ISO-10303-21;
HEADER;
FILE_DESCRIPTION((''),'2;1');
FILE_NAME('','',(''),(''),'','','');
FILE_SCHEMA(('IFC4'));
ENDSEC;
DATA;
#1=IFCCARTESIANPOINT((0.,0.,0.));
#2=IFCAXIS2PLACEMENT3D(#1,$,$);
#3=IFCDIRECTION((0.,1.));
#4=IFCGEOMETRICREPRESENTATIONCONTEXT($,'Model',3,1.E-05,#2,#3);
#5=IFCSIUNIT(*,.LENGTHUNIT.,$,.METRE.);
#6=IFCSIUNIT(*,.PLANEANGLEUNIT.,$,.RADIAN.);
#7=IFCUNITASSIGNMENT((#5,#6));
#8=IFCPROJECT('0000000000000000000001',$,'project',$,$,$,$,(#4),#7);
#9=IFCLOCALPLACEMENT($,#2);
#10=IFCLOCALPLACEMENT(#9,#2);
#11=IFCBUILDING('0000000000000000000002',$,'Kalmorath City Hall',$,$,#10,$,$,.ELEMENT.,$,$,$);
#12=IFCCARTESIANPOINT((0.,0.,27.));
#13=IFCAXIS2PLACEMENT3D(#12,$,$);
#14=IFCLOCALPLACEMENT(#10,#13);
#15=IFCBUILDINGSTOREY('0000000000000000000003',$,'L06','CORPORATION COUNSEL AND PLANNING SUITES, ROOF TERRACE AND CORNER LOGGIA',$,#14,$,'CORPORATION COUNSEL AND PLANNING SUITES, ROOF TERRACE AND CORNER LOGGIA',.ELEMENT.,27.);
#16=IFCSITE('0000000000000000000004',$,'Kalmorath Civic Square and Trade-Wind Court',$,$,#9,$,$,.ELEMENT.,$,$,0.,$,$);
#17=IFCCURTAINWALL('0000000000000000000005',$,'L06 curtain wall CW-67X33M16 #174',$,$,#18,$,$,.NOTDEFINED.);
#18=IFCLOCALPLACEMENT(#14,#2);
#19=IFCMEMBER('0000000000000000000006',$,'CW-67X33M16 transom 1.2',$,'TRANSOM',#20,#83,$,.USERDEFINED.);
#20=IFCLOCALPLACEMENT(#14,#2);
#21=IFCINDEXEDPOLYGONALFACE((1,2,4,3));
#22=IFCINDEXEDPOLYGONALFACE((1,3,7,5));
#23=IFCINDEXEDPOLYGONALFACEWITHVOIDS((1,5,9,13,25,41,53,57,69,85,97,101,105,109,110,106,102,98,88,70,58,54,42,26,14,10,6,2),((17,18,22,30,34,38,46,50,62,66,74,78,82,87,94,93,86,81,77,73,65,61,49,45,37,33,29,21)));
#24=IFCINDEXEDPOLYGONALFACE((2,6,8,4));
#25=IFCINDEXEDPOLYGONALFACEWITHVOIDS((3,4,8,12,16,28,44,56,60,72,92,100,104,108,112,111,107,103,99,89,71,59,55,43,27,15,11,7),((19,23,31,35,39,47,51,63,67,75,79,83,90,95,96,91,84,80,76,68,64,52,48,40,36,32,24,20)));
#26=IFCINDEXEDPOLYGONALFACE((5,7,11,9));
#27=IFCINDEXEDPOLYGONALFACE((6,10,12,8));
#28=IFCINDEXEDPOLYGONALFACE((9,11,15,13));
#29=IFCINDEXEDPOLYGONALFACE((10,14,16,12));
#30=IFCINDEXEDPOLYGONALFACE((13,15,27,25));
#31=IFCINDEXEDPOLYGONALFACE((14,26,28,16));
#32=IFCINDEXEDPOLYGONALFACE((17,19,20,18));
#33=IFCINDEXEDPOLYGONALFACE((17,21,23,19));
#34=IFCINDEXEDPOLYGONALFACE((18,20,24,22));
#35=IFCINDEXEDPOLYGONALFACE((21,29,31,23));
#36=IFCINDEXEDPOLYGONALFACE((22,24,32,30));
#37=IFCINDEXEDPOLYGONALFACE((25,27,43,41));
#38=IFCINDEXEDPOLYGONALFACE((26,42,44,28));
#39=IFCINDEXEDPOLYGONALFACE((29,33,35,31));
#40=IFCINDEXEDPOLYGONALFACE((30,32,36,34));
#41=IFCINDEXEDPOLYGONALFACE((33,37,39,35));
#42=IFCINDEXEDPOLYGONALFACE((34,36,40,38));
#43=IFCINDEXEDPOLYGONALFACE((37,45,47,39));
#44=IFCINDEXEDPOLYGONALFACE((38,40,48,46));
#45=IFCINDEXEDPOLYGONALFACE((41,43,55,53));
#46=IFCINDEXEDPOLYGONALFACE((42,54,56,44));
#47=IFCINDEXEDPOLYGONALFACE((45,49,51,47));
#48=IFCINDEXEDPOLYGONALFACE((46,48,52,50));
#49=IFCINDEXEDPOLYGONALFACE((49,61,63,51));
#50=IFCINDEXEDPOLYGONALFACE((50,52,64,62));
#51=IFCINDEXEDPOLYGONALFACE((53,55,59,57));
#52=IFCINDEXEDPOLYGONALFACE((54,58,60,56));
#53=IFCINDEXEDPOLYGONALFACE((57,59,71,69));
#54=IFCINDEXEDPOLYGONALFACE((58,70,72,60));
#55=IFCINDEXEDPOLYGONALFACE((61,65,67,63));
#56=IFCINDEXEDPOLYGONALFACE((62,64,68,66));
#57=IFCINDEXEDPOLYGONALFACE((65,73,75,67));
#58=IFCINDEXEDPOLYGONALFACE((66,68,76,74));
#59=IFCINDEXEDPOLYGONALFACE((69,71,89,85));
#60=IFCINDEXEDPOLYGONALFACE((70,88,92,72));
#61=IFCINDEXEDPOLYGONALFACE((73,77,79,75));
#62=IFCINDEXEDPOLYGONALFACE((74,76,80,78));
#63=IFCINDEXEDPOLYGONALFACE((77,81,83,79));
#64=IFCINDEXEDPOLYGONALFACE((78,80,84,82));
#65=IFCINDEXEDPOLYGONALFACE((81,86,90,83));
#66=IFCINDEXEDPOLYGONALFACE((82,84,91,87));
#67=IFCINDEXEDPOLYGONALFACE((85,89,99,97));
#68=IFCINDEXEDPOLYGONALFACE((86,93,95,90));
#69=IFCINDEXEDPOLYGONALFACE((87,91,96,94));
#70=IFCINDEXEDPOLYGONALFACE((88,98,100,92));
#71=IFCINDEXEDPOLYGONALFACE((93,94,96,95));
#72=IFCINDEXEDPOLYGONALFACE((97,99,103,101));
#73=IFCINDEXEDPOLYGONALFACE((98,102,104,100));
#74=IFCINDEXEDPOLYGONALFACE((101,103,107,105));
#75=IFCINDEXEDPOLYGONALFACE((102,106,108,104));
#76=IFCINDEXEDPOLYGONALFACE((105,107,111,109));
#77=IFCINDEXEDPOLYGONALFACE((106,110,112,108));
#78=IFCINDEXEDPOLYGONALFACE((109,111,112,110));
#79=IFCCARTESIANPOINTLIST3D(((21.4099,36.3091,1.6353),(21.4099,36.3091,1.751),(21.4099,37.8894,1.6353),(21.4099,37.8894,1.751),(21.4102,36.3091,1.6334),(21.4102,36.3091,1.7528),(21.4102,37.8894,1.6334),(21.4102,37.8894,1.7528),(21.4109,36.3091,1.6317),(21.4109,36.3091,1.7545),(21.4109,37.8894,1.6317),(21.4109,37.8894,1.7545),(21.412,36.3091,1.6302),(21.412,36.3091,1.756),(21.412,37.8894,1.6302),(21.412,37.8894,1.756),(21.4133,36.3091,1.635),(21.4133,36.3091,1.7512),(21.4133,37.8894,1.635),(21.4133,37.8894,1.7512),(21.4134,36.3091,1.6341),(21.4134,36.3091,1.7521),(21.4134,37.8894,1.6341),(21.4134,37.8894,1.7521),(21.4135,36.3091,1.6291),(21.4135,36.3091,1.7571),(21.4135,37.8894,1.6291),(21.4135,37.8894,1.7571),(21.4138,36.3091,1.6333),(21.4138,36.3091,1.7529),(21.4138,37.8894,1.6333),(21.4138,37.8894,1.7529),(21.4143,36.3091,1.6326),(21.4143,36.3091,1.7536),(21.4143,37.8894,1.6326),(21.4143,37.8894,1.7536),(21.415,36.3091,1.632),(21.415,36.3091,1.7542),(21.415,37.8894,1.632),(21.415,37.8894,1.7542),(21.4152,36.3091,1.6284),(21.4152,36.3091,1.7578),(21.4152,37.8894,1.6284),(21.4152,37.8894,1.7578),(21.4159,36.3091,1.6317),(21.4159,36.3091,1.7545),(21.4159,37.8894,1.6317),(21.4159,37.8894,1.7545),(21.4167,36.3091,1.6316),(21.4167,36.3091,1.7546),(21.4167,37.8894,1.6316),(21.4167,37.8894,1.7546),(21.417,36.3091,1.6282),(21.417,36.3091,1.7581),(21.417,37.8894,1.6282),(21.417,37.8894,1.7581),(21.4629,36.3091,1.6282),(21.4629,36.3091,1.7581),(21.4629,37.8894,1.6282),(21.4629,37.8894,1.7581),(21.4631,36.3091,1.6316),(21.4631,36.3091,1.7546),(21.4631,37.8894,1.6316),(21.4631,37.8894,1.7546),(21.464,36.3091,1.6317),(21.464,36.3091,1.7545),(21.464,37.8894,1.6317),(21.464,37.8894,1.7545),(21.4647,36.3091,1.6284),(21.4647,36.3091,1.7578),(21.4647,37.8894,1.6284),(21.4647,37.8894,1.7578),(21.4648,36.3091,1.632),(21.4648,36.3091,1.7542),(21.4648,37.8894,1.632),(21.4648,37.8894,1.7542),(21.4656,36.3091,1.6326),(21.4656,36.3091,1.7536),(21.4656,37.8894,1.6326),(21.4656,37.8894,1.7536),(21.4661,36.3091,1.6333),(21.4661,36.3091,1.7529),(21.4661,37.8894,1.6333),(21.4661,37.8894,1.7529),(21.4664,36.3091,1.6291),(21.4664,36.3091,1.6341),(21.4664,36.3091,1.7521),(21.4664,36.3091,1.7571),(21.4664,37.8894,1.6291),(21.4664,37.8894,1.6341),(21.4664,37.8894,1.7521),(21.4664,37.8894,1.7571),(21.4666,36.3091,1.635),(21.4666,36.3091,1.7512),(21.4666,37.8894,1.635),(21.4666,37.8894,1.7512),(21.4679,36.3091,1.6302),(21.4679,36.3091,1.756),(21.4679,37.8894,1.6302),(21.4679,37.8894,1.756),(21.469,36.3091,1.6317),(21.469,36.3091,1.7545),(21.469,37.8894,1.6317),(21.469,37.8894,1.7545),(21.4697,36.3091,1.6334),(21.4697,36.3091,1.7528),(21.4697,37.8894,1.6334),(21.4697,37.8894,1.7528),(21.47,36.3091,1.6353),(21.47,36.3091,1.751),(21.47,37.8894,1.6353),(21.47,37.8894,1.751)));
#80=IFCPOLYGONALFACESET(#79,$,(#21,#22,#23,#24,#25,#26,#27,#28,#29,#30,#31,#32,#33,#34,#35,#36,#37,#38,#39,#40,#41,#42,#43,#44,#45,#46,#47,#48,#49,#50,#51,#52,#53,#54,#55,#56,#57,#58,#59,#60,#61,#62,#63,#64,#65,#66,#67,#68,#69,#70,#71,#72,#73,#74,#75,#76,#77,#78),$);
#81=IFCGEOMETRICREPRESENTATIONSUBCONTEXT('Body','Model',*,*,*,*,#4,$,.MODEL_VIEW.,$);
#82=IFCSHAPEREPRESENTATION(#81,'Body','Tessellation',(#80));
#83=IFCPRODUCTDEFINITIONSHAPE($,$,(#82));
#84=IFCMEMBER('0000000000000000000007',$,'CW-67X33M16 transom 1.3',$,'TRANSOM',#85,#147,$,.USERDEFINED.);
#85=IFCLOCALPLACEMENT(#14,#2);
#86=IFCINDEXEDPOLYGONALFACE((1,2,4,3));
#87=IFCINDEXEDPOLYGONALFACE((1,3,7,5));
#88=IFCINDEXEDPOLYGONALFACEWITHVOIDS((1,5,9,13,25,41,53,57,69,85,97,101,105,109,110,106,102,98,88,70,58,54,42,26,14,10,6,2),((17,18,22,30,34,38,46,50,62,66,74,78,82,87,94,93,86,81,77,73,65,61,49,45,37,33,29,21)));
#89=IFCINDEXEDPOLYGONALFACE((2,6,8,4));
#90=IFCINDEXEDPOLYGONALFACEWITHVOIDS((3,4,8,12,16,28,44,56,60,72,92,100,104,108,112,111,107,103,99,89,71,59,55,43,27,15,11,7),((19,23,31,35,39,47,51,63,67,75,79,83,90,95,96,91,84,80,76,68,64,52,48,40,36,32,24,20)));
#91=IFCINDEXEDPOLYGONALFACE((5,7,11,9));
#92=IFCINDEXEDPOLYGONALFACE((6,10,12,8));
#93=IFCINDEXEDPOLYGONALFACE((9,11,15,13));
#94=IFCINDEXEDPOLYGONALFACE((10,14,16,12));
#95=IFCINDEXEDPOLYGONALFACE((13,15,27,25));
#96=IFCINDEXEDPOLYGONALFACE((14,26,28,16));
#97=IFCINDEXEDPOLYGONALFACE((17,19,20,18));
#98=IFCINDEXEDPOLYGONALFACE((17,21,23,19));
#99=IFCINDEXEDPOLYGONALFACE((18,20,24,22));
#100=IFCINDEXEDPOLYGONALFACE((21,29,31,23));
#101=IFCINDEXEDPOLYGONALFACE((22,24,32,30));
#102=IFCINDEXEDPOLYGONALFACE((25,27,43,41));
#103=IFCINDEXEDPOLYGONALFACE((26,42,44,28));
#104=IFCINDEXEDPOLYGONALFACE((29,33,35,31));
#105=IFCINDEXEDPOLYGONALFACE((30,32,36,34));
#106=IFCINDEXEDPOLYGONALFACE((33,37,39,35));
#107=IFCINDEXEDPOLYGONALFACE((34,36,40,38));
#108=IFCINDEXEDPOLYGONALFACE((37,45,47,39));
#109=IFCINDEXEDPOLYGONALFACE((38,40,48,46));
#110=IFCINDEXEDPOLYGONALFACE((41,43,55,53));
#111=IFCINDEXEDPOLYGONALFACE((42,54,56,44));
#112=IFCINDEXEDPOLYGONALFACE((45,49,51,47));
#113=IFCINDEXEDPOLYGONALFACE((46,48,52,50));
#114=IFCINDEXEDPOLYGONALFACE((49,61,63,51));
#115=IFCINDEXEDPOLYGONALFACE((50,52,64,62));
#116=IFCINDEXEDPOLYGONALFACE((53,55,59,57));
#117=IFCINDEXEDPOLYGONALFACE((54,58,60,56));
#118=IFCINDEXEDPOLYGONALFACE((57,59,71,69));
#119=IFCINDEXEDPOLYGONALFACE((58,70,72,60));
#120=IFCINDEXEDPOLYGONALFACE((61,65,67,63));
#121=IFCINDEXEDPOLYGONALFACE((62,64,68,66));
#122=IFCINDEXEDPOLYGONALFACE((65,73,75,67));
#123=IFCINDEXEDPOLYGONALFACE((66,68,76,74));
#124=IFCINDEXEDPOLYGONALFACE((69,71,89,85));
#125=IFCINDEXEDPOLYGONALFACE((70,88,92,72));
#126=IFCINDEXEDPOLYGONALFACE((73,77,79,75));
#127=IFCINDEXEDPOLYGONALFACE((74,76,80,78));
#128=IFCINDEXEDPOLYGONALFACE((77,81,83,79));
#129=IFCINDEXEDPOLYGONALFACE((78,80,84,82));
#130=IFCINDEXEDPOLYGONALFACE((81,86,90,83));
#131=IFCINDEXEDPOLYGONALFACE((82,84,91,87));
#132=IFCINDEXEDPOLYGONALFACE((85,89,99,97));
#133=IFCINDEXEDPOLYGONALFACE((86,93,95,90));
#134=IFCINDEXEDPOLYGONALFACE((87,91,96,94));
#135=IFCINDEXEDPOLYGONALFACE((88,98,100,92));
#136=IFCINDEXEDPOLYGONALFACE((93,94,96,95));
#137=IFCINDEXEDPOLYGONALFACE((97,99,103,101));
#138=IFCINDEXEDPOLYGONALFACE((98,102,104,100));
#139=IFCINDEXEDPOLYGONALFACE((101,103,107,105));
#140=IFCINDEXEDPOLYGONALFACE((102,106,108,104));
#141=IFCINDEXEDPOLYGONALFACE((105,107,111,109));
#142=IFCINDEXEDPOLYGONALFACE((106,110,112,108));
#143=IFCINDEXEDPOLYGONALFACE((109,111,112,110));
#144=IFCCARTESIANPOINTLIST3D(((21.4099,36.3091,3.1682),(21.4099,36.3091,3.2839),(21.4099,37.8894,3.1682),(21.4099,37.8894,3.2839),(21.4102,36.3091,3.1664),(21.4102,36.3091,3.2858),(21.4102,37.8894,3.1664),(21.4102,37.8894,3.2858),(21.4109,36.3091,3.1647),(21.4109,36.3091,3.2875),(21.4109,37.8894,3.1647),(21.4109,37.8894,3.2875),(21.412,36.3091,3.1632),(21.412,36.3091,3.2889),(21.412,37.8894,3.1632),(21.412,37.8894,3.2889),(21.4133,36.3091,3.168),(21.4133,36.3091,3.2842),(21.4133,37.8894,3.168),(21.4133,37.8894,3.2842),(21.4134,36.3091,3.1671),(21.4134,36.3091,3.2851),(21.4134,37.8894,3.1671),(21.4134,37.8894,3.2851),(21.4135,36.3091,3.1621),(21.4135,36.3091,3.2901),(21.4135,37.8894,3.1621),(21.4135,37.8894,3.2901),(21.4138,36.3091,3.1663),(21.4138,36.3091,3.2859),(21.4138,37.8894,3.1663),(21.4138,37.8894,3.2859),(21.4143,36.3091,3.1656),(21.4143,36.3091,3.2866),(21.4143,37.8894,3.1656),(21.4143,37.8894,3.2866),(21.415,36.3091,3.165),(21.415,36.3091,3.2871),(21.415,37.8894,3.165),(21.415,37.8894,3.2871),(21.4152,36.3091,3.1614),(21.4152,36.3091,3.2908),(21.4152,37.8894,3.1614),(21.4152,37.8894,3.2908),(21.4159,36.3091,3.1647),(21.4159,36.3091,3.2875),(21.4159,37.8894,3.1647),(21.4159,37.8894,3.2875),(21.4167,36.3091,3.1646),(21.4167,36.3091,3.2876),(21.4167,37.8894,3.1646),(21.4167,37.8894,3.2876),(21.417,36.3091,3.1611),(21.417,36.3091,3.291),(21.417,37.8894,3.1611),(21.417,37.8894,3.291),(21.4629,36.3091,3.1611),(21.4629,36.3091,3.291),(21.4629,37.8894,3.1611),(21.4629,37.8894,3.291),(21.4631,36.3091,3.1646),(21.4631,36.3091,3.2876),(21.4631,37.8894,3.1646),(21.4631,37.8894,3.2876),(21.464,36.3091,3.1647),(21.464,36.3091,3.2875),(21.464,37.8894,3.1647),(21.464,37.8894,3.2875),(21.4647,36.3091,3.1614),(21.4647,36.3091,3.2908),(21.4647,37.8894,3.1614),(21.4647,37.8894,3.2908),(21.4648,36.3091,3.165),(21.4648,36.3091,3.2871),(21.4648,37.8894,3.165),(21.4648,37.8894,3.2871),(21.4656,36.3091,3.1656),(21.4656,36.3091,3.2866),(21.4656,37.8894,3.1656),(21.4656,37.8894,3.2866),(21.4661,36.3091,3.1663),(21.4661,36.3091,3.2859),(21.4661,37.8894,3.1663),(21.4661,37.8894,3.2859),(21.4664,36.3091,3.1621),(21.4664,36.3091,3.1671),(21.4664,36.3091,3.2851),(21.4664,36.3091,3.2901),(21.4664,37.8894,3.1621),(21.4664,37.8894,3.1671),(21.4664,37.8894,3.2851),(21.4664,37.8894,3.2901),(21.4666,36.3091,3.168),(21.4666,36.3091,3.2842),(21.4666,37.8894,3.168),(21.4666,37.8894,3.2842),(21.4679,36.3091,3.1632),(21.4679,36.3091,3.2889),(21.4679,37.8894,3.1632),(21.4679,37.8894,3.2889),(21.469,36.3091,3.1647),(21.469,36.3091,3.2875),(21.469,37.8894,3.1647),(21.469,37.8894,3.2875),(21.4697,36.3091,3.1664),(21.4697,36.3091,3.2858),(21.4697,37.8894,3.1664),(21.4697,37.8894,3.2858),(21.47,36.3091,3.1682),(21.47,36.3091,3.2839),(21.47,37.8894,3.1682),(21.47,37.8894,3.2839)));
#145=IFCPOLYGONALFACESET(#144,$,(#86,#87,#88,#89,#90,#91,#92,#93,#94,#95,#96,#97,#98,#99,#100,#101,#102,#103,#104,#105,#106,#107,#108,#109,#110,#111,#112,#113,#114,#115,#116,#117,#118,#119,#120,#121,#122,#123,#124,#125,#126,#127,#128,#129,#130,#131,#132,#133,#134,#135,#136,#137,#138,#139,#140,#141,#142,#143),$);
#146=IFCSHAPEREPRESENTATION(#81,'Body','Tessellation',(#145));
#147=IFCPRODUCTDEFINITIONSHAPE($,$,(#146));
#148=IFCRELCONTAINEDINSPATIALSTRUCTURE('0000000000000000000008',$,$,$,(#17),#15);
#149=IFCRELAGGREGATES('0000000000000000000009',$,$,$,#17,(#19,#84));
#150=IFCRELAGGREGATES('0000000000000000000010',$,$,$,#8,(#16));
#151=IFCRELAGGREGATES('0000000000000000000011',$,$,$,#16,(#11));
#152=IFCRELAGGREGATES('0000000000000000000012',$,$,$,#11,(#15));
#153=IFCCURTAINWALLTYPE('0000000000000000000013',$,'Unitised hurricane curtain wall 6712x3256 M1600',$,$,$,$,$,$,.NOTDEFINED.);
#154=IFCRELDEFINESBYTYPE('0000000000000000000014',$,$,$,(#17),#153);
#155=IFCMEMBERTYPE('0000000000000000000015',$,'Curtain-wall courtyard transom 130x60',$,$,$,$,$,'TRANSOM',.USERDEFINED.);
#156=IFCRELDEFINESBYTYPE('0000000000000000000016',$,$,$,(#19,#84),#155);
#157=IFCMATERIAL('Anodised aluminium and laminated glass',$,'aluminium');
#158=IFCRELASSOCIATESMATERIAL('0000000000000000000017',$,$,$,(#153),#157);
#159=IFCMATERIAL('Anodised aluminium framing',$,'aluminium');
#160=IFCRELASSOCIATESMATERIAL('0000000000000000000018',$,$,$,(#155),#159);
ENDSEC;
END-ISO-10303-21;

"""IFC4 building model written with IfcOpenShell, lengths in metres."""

from ifc_helpers import new_model, si_unit, direction, frame, origin, origin_2d, place, context, subcontext, project, spatial, hollow_rectangle, extrude, material, material_profile, profile_set, type_object, element, aggregate, save


model = new_model("IFC4")

# Units and contexts
model_context = context("Model", 3, precision=1e-05, world=origin(), true_north=direction((0.0, 1.0)))
body_context = subcontext(model_context, "Body", "Model", "MODEL_VIEW")
ifc_project = project(units=[si_unit("LENGTHUNIT", "METRE"), si_unit("PLANEANGLEUNIT", "RADIAN")], contexts=[model_context])

# Site, building, storey
site_placement = place(None, origin())
site = spatial("IfcSite", under=ifc_project, at=site_placement, Name="Kalmorath Civic Square and Trade-Wind Court", CompositionType="ELEMENT", RefElevation=0.0)
building_placement = place(site_placement, origin())
building = spatial("IfcBuilding", under=site, at=building_placement, Name="Kalmorath City Hall", CompositionType="ELEMENT")
storey_placement = place(building_placement, frame((0.0, 0.0, 27.0)))
storey = spatial("IfcBuildingStorey", under=building, at=storey_placement, Name="L06", Description="CORPORATION COUNSEL AND PLANNING SUITES, ROOF TERRACE AND CORNER LOGGIA", LongName="CORPORATION COUNSEL AND PLANNING SUITES, ROOF TERRACE AND CORNER LOGGIA", CompositionType="ELEMENT", Elevation=27.0)

# Curtain wall, members
ifc_material_1 = material(Name="Anodised aluminium and laminated glass", Category="aluminium")
curtain_wall_type = type_object("IfcCurtainWallType", Name="Unitised hurricane curtain wall 6712x3256 M1600", PredefinedType="NOTDEFINED", material=ifc_material_1)
curtain_wall_placement = place(storey_placement, origin())
curtain_wall = element("IfcCurtainWall", 1, at=curtain_wall_placement, inside=storey, type_object=curtain_wall_type, Name="L06 curtain wall CW-67X33M16 #174", PredefinedType="NOTDEFINED")
ifc_material_2 = material(Name="Anodised aluminium framing", Category="aluminium")
ifc_material_profile_1 = material_profile(ifc_material_2, hollow_rectangle(XDim=0.0601, YDim=0.1299, WallThickness=0.0034, InnerFilletRadius=0.0034, OuterFilletRadius=0.0071, at=origin_2d()), Name="ALU-TRN-130X60X3.5")
ifc_profile_set_1 = profile_set([ifc_material_profile_1], Name="Anodised aluminium framing")
member_type_1 = type_object("IfcMemberType", Name="Curtain-wall courtyard transom 130x60", ElementType="TRANSOM", PredefinedType="USERDEFINED", material=ifc_profile_set_1)
member_1_placement = place(storey_placement, frame((21.4399, 36.3091, 1.6931), z_axis=(0.0, 1.0, 0.0), x_axis=(-1.0, 0.0, 0.0)))
member_1 = element("IfcMember", 2, at=member_1_placement, type_object=member_type_1, Name="CW-67X33M16 transom 1.2", ObjectType="TRANSOM", PredefinedType="USERDEFINED", context=body_context, shape_type="SweptSolid", body=[
    extrude(hollow_rectangle(XDim=0.0601, YDim=0.1299, WallThickness=0.0034, InnerFilletRadius=0.0034, OuterFilletRadius=0.0071, at=origin_2d()), origin(), (0.0, 0.0, 1.0), 1.5803),
])
member_2_placement = place(storey_placement, frame((21.4399, 36.3091, 3.2261), z_axis=(0.0, 1.0, 0.0), x_axis=(-1.0, 0.0, 0.0)))
member_2 = element("IfcMember", 3, at=member_2_placement, type_object=member_type_1, Name="CW-67X33M16 transom 1.3", ObjectType="TRANSOM", PredefinedType="USERDEFINED", context=body_context, shape_type="SweptSolid", body=[
    extrude(hollow_rectangle(XDim=0.0601, YDim=0.1299, WallThickness=0.0034, InnerFilletRadius=0.0034, OuterFilletRadius=0.0071, at=origin_2d()), origin(), (0.0, 0.0, 1.0), 1.5803),
])

aggregate(curtain_wall, [member_1, member_2])

save(model, "model.ifc")
